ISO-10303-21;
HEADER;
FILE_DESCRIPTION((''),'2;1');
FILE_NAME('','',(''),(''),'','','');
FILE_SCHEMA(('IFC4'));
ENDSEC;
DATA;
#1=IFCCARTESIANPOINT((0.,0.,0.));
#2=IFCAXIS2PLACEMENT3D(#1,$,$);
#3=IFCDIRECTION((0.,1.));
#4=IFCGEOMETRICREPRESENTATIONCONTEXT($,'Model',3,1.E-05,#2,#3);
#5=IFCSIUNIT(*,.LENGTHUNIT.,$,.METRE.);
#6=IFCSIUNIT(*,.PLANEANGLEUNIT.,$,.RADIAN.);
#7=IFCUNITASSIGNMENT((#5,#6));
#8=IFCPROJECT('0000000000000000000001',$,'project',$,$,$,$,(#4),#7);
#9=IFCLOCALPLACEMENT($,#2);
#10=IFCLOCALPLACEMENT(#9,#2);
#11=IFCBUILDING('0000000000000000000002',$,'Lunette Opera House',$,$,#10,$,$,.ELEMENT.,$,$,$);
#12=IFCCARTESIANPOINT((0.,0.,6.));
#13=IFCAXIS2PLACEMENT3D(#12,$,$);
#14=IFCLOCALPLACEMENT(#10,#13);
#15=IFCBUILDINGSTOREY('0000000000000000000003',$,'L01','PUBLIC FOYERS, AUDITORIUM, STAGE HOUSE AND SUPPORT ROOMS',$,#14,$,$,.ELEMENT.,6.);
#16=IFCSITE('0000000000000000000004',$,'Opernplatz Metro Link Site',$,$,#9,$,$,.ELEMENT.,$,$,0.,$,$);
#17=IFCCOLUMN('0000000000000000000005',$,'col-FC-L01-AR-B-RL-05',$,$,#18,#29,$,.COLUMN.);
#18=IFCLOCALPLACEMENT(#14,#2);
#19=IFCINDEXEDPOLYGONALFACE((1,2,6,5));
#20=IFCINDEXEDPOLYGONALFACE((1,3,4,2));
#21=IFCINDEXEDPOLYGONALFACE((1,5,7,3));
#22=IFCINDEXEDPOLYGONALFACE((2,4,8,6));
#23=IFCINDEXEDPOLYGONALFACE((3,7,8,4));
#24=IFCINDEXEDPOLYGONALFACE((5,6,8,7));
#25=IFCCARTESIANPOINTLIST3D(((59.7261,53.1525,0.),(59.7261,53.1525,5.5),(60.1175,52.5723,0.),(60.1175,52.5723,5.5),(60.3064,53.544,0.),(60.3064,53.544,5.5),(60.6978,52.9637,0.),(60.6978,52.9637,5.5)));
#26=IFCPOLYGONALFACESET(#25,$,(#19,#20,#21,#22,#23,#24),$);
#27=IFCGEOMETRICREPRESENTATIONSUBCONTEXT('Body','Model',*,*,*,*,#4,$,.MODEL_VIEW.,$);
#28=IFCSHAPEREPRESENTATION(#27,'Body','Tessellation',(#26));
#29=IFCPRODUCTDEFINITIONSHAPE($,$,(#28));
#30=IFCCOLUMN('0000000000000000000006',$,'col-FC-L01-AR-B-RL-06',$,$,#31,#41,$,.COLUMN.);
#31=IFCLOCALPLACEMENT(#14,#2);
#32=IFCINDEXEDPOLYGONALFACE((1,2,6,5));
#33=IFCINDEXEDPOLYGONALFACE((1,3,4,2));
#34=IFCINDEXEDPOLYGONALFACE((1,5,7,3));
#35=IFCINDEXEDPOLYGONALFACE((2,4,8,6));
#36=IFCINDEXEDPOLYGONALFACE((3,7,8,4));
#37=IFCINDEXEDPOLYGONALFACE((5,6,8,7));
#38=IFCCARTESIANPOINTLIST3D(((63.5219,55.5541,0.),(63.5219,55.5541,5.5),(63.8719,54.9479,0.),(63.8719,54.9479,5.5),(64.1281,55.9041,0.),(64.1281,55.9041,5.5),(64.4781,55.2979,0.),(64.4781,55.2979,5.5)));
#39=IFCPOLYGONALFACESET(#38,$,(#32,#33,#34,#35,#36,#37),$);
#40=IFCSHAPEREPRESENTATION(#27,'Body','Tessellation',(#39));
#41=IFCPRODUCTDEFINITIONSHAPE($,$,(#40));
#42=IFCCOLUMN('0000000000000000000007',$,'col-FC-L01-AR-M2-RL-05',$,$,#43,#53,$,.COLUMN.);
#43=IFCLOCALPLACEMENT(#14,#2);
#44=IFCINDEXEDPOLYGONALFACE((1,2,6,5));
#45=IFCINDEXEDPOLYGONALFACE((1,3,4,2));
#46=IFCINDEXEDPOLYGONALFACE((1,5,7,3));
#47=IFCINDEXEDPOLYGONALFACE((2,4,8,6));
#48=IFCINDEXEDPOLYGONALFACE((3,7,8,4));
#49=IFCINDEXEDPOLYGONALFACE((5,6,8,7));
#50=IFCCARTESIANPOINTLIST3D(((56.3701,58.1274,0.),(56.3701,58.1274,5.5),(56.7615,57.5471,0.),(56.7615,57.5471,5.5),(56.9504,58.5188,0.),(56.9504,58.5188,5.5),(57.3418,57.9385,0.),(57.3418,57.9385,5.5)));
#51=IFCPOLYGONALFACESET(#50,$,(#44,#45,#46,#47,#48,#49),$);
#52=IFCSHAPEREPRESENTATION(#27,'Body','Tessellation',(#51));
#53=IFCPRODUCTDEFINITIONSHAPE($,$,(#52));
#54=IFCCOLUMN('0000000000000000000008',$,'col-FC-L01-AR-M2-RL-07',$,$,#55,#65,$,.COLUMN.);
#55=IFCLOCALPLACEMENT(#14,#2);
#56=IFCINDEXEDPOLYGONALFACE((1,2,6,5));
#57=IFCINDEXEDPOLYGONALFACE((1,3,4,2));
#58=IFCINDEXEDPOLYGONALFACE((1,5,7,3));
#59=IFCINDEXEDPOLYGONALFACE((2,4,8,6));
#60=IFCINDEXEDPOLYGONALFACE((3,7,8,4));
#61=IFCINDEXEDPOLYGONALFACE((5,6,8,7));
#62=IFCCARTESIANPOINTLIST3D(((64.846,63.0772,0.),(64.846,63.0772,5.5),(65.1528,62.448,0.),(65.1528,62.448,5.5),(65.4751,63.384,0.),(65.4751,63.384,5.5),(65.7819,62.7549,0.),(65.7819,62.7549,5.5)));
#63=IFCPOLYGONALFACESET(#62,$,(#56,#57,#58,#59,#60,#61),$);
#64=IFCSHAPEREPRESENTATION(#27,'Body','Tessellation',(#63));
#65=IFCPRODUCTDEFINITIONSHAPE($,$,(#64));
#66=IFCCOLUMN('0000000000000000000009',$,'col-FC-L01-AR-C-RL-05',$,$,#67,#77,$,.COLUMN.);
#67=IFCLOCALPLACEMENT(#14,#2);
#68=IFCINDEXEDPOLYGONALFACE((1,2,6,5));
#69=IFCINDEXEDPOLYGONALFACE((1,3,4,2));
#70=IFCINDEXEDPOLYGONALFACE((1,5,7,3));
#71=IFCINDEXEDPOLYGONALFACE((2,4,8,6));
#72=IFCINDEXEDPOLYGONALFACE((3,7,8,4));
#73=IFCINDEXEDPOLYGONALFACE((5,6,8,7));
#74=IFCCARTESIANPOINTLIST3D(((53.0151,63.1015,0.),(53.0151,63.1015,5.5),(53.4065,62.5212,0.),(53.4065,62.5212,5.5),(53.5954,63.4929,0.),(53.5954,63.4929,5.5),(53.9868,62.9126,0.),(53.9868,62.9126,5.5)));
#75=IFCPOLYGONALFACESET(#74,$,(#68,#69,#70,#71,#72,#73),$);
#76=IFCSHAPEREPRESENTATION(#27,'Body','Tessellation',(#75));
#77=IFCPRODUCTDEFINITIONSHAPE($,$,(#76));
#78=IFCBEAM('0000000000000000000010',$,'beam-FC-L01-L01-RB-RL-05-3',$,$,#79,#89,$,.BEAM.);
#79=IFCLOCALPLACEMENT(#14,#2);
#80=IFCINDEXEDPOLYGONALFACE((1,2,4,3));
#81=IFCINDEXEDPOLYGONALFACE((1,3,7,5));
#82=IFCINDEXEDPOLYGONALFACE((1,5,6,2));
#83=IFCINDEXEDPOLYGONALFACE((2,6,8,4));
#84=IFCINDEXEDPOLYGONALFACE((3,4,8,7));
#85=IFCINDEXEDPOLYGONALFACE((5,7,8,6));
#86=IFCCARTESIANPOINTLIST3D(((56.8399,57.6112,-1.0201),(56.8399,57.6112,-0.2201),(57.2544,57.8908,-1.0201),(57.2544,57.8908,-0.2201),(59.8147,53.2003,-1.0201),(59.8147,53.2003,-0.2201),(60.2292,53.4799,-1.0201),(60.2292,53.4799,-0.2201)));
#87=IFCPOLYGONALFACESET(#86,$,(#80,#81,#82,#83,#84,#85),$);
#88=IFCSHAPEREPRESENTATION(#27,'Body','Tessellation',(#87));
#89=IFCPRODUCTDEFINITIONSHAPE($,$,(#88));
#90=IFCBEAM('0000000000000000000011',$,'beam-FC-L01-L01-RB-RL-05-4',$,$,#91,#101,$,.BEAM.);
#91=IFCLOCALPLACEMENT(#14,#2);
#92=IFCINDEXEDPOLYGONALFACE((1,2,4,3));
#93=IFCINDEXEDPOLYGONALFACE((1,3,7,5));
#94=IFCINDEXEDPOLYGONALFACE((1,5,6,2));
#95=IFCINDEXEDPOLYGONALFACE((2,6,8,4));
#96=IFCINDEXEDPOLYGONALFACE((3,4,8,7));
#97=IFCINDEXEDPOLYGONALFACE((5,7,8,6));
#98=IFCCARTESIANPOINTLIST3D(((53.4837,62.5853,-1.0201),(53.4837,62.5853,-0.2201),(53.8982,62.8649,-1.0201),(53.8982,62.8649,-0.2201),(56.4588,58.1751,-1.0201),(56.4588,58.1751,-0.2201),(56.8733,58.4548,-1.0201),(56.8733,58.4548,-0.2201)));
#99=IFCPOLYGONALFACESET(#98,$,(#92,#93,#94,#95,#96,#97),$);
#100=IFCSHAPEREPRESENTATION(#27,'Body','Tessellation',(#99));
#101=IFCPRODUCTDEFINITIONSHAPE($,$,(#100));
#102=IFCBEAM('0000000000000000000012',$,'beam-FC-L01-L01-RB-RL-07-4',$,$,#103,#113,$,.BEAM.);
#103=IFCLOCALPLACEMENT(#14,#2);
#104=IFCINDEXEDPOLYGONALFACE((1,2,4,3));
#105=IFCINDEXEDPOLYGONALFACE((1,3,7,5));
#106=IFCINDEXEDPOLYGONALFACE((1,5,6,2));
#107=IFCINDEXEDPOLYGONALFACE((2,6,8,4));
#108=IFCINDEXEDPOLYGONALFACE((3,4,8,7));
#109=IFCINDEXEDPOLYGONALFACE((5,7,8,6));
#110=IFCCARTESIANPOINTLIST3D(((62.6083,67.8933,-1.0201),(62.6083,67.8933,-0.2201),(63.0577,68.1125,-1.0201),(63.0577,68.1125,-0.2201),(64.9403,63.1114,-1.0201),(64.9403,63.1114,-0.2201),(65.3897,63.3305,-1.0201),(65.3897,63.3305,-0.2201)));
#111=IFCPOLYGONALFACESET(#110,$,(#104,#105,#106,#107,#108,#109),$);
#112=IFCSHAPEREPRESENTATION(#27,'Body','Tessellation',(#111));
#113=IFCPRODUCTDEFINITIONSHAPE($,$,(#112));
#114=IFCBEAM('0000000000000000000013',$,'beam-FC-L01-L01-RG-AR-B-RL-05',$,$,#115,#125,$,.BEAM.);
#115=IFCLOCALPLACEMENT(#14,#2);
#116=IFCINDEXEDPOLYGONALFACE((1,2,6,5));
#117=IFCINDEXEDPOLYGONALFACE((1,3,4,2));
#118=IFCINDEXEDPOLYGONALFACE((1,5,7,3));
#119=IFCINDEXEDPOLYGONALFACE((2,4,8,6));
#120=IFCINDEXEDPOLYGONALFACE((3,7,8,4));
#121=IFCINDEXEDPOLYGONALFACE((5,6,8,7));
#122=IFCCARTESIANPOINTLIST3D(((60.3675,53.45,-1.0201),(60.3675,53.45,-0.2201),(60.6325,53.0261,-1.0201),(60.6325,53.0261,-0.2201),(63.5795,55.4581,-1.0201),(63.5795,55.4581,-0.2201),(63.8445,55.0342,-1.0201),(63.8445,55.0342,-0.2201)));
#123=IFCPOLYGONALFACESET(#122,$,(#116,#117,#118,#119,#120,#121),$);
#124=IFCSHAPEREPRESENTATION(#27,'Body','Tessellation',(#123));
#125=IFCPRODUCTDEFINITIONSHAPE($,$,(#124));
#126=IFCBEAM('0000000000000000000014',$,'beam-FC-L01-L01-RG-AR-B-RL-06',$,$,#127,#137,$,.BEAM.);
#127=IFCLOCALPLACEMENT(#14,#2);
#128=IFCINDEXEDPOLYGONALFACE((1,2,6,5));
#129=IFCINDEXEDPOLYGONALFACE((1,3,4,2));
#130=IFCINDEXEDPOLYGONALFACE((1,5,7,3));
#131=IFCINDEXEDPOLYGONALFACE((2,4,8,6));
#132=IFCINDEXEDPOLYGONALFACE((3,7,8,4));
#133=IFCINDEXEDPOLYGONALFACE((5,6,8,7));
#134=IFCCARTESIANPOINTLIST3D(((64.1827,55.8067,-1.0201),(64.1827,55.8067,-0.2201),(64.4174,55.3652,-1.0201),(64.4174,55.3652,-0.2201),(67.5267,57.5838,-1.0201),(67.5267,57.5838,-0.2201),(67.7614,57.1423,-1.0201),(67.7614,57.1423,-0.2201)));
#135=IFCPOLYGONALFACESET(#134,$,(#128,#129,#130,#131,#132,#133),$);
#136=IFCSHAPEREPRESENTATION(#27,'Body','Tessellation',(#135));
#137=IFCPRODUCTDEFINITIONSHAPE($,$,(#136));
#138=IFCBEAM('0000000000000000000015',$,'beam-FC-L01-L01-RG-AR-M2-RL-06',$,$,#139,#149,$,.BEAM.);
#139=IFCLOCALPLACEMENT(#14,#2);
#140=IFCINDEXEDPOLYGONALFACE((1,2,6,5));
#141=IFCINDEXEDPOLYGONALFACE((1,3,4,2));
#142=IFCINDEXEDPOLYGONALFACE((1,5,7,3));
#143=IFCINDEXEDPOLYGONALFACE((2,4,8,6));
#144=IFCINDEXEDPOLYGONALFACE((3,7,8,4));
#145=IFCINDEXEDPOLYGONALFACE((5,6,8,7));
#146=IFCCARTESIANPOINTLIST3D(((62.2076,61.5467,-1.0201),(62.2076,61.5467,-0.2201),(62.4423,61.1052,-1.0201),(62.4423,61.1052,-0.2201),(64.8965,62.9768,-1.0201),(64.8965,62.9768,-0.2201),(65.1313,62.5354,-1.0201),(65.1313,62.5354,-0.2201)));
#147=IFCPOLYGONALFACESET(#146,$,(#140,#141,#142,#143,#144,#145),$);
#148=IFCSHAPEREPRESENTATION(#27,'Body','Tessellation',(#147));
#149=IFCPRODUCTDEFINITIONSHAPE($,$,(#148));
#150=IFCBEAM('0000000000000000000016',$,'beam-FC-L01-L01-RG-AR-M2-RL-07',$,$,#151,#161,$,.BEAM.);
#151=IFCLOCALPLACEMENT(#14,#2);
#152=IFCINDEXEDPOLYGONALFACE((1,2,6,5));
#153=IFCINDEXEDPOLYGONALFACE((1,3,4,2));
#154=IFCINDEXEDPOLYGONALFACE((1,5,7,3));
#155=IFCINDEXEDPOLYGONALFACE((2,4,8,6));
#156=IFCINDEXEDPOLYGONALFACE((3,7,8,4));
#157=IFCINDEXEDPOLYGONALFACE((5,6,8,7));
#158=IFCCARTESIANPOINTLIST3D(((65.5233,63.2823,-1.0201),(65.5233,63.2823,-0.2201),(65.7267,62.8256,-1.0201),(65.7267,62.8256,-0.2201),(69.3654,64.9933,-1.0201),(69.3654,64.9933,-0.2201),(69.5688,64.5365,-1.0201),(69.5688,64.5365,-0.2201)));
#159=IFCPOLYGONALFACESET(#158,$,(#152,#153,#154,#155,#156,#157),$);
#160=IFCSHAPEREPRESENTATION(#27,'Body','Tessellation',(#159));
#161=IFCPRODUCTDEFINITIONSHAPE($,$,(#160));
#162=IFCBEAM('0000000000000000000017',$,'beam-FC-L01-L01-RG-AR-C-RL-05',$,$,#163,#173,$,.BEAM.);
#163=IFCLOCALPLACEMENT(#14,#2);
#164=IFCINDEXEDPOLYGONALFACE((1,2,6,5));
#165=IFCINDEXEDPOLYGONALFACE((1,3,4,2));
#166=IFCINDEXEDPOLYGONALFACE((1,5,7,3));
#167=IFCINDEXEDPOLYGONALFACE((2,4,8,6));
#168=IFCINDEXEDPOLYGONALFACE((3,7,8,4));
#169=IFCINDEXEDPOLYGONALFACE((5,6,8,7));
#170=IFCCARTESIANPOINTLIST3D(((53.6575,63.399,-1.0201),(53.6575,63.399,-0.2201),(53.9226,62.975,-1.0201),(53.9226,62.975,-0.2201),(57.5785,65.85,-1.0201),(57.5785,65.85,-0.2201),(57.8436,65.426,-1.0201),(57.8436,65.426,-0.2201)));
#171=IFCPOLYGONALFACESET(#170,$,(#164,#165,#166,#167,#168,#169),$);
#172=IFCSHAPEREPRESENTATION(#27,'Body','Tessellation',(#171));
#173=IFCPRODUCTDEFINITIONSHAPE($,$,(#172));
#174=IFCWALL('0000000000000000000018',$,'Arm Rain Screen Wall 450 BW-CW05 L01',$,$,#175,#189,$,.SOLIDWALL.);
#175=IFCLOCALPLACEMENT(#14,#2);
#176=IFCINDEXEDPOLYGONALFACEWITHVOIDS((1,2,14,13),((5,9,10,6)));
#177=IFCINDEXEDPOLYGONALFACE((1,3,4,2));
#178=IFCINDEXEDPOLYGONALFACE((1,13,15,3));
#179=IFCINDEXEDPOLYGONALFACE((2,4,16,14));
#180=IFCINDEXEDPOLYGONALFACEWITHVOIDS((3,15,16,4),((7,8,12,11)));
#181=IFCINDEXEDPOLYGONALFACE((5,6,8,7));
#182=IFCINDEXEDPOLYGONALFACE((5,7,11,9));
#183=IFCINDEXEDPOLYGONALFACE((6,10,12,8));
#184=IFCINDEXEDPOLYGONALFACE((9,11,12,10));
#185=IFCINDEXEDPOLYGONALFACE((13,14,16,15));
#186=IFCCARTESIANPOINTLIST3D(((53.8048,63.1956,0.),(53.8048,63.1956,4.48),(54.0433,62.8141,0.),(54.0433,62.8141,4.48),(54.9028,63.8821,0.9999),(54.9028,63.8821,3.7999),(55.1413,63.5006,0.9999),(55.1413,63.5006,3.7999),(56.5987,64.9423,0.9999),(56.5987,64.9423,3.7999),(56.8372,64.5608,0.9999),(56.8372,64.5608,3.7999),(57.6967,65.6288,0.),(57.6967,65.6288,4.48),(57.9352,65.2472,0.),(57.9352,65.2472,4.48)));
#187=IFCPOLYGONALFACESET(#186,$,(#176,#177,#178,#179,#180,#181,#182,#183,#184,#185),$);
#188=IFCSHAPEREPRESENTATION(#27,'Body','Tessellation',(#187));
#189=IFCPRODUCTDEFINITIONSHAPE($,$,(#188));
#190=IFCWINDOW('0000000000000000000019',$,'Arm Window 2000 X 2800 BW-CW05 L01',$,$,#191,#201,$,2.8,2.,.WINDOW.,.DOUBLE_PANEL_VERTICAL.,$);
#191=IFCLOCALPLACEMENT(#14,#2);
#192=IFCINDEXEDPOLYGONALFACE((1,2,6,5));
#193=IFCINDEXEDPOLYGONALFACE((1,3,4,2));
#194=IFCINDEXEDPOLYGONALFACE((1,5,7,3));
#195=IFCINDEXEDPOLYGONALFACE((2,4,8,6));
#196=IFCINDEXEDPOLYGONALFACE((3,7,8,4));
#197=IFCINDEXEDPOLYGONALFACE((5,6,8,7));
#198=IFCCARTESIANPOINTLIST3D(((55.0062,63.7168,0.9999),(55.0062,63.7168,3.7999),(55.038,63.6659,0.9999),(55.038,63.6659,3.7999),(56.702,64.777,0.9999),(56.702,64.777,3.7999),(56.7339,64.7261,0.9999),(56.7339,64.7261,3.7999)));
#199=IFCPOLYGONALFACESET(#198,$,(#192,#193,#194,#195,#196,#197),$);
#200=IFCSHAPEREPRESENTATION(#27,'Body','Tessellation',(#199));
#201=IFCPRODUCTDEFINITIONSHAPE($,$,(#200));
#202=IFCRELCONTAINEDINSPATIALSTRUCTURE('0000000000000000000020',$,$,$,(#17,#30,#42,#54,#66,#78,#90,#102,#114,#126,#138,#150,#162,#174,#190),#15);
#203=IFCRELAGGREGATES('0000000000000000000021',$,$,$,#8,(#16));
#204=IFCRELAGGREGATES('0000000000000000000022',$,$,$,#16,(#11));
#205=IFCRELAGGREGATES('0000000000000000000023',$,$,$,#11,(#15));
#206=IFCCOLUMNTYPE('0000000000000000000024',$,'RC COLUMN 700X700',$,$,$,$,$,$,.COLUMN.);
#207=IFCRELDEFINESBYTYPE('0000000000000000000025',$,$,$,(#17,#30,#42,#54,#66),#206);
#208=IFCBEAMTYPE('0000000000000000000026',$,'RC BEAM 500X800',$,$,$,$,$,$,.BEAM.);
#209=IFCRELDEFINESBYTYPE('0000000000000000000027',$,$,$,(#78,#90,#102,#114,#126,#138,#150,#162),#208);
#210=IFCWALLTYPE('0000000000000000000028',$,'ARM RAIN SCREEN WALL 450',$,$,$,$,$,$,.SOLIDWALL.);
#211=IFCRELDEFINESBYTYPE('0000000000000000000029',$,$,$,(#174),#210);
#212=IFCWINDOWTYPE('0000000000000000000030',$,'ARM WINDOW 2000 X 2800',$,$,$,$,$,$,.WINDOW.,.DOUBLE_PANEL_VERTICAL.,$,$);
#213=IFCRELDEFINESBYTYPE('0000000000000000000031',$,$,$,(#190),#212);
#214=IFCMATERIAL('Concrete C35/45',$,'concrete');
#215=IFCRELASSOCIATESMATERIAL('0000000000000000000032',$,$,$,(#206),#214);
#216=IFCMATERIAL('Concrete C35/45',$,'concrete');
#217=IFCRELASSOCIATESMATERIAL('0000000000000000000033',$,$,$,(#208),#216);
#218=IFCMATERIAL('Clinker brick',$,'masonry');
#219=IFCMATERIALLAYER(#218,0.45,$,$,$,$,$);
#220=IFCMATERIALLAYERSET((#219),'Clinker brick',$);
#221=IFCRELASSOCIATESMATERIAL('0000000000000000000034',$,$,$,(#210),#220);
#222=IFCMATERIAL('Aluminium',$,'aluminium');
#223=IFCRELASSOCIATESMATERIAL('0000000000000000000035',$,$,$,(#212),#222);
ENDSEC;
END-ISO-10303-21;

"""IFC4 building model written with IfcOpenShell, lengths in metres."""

from ifc_helpers import new_model, si_unit, direction, frame, frame_2d, origin, origin_2d, place, context, subcontext, project, spatial, rectangle, extrude, material, layer, layer_set, material_profile, profile_set, type_object, element, fill, save


model = new_model("IFC4")

# Units and contexts
model_context = context("Model", 3, precision=1e-05, world=origin(), true_north=direction((0.0, 1.0)))
body_context = subcontext(model_context, "Body", "Model", "MODEL_VIEW")
ifc_project = project(units=[si_unit("LENGTHUNIT", "METRE"), si_unit("PLANEANGLEUNIT", "RADIAN")], contexts=[model_context])

# Site, building, storey
site_placement = place(None, origin())
site = spatial("IfcSite", under=ifc_project, at=site_placement, Name="Opernplatz Metro Link Site", CompositionType="ELEMENT", RefElevation=0.0)
building_placement = place(site_placement, origin())
building = spatial("IfcBuilding", under=site, at=building_placement, Name="Lunette Opera House", CompositionType="ELEMENT")
storey_placement = place(building_placement, frame((0.0, 0.0, 6.0)))
storey = spatial("IfcBuildingStorey", under=building, at=storey_placement, Name="L01", Description="PUBLIC FOYERS, AUDITORIUM, STAGE HOUSE AND SUPPORT ROOMS", CompositionType="ELEMENT", Elevation=6.0)

# Columns
ifc_material_1 = material(Name="Concrete C35/45", Category="concrete")
ifc_material_profile_1 = material_profile(ifc_material_1, rectangle(XDim=0.7, YDim=0.7, at=origin_2d()), Name="RC COLUMN 700X700")
ifc_profile_set_1 = profile_set([ifc_material_profile_1], Name="Concrete C35/45")
column_type = type_object("IfcColumnType", Name="RC COLUMN 700X700", PredefinedType="COLUMN", material=ifc_profile_set_1)
for number, where, z_axis, x_axis, name in (
    (1, (60.2119, 53.0581, 0.0), (0.0, 0.0, 1.0), (0.829038, 0.559193, 0.0), "col-FC-L01-AR-B-RL-05"),
    (2, (64.0, 55.426, 0.0), (0.0, 0.0, 1.0), (0.866025, 0.5, 0.0), "col-FC-L01-AR-B-RL-06"),
    (3, (56.856, 58.033, 0.0), (0.0, 0.0, 1.0), (0.829038, 0.559193, 0.0), "col-FC-L01-AR-M2-RL-05"),
    (4, (65.314, 62.916, 0.0), (0.0, 0.0, 1.0), (0.898794, 0.438371, 0.0), "col-FC-L01-AR-M2-RL-07"),
    (5, (53.501, 63.0071, 0.0), (0.0, 0.0, 1.0), (0.829038, 0.559193, 0.0), "col-FC-L01-AR-C-RL-05"),
):
    element("IfcColumn", number, at=place(storey_placement, frame(where, z_axis=z_axis, x_axis=x_axis)), inside=storey, type_object=column_type, Name=name, PredefinedType="COLUMN", context=body_context, shape_type="SweptSolid", body=[
        extrude(rectangle(XDim=0.7, YDim=0.7, at=origin_2d()), origin(), (0.0, 0.0, 1.0), 5.5),
    ])

# Beams
ifc_material_2 = material(Name="Concrete C35/45", Category="concrete")
ifc_material_profile_2 = material_profile(ifc_material_2, rectangle(XDim=0.5, YDim=0.8, at=origin_2d()), Name="RC BEAM 500X800")
ifc_profile_set_2 = profile_set([ifc_material_profile_2], Name="Concrete C35/45")
beam_type = type_object("IfcBeamType", Name="RC BEAM 500X800", PredefinedType="BEAM", material=ifc_profile_set_2)
beam_1_placement = place(storey_placement, frame((60.022, 53.3401, -0.6201), z_axis=(-0.55915, 0.829066, 0.0), x_axis=(-0.829066, -0.55915, 0.0)))
element("IfcBeam", 6, at=beam_1_placement, inside=storey, type_object=beam_type, Name="beam-FC-L01-L01-RB-RL-05-3", PredefinedType="BEAM", context=body_context, shape_type="SweptSolid", body=[
    extrude(rectangle(XDim=0.5, YDim=0.8, at=origin_2d()), origin(), (0.0, 0.0, 1.0), 5.3203),
])
beam_2_placement = place(storey_placement, frame((56.666, 58.3149, -0.6201), z_axis=(-0.559246, 0.829002, 0.0), x_axis=(-0.829002, -0.559246, 0.0)))
element("IfcBeam", 7, at=beam_2_placement, inside=storey, type_object=beam_type, Name="beam-FC-L01-L01-RB-RL-05-4", PredefinedType="BEAM", context=body_context, shape_type="SweptSolid", body=[
    extrude(rectangle(XDim=0.5, YDim=0.8, at=origin_2d()), origin(), (0.0, 0.0, 1.0), 5.3198),
])
beam_3_placement = place(storey_placement, frame((65.165, 63.2209, -0.6201), z_axis=(-0.438326, 0.898816, 0.0), x_axis=(-0.898816, -0.438326, 0.0)))
element("IfcBeam", 8, at=beam_3_placement, inside=storey, type_object=beam_type, Name="beam-FC-L01-L01-RB-RL-07-4", PredefinedType="BEAM", context=body_context, shape_type="SweptSolid", body=[
    extrude(rectangle(XDim=0.5, YDim=0.8, at=origin_2d()), origin(), (0.0, 0.0, 1.0), 5.3203),
])
beam_4_placement = place(storey_placement, frame((60.5, 53.238, -0.6201), z_axis=(0.847926, 0.530115, 0.0), x_axis=(-0.530115, 0.847926, 0.0)))
element("IfcBeam", 9, at=beam_4_placement, inside=storey, type_object=beam_type, Name="beam-FC-L01-L01-RG-AR-B-RL-05", PredefinedType="BEAM", context=body_context, shape_type="SweptSolid", body=[
    extrude(rectangle(XDim=0.5, YDim=0.8, at=origin_2d()), origin(), (0.0, 0.0, 1.0), 3.7881),
])
beam_5_placement = place(storey_placement, frame((64.3, 55.5859, -0.6201), z_axis=(0.88305, 0.469279, 0.0), x_axis=(-0.469279, 0.88305, 0.0)))
element("IfcBeam", 10, at=beam_5_placement, inside=storey, type_object=beam_type, Name="beam-FC-L01-L01-RG-AR-B-RL-06", PredefinedType="BEAM", context=body_context, shape_type="SweptSolid", body=[
    extrude(rectangle(XDim=0.5, YDim=0.8, at=origin_2d()), origin(), (0.0, 0.0, 1.0), 3.7869),
])
beam_6_placement = place(storey_placement, frame((62.325, 61.3259, -0.6201), z_axis=(0.882889, 0.469581, 0.0), x_axis=(-0.469581, 0.882889, 0.0)))
element("IfcBeam", 11, at=beam_6_placement, inside=storey, type_object=beam_type, Name="beam-FC-L01-L01-RG-AR-M2-RL-06", PredefinedType="BEAM", context=body_context, shape_type="SweptSolid", body=[
    extrude(rectangle(XDim=0.5, YDim=0.8, at=origin_2d()), origin(), (0.0, 0.0, 1.0), 3.0457),
])
beam_7_placement = place(storey_placement, frame((65.625, 63.054, -0.6201), z_axis=(0.913514, 0.406806, 0.0), x_axis=(-0.406806, 0.913514, 0.0)))
element("IfcBeam", 12, at=beam_7_placement, inside=storey, type_object=beam_type, Name="beam-FC-L01-L01-RG-AR-M2-RL-07", PredefinedType="BEAM", context=body_context, shape_type="SweptSolid", body=[
    extrude(rectangle(XDim=0.5, YDim=0.8, at=origin_2d()), origin(), (0.0, 0.0, 1.0), 4.2058),
])
beam_8_placement = place(storey_placement, frame((53.79, 63.187, -0.6201), z_axis=(0.847963, 0.530056, 0.0), x_axis=(-0.530056, 0.847963, 0.0)))
element("IfcBeam", 13, at=beam_8_placement, inside=storey, type_object=beam_type, Name="beam-FC-L01-L01-RG-AR-C-RL-05", PredefinedType="BEAM", context=body_context, shape_type="SweptSolid", body=[
    extrude(rectangle(XDim=0.5, YDim=0.8, at=origin_2d()), origin(), (0.0, 0.0, 1.0), 4.624),
])

# Wall, opening, window
ifc_material_3 = material(Name="Clinker brick", Category="masonry")
ifc_layer_1 = layer(ifc_material_3, 0.45)
ifc_layer_set_1 = layer_set([ifc_layer_1], Name="Clinker brick")
wall_type_1 = type_object("IfcWallType", Name="ARM RAIN SCREEN WALL 450", PredefinedType="SOLIDWALL", material=ifc_layer_set_1)
wall_1_placement = place(storey_placement, frame((53.9241, 63.0049, 0.0), z_axis=(0.0, 0.0, 1.0), x_axis=(0.84793, 0.530109, 0.0)))
wall_1 = element("IfcWall", 14, at=wall_1_placement, inside=storey, type_object=wall_type_1, Name="Arm Rain Screen Wall 450 BW-CW05 L01", PredefinedType="SOLIDWALL", context=body_context, shape_type="SweptSolid", body=[
    extrude(rectangle(XDim=4.5898, YDim=0.45, at=frame_2d((2.2949, 0.0))), origin(), (0.0, 0.0, 1.0), 4.48),
])
opening_1_placement = place(wall_1_placement, frame((1.2949, 0.0, 1.0)))
opening_1 = element("IfcOpeningElement", 15, at=opening_1_placement, cuts=wall_1, PredefinedType="OPENING", context=body_context, shape_type="SweptSolid", body=[
    extrude(rectangle(XDim=2.0, YDim=2.8, at=frame_2d((1.0, 1.3999))), frame((0.0, 0.2371, 0.0), z_axis=(0.0, -1.0, 0.0), x_axis=(1.0, 0.0, 0.0)), (0.0, 0.0, 1.0), 0.4739),
])
ifc_material_4 = material(Name="Aluminium", Category="aluminium")
window_type = type_object("IfcWindowType", Name="ARM WINDOW 2000 X 2800", PartitioningType="DOUBLE_PANEL_VERTICAL", PredefinedType="WINDOW", material=ifc_material_4)
window_placement = place(opening_1_placement, origin())
window = element("IfcWindow", 16, at=window_placement, inside=storey, type_object=window_type, Name="Arm Window 2000 X 2800 BW-CW05 L01", OverallHeight=2.8, OverallWidth=2.0, PartitioningType="DOUBLE_PANEL_VERTICAL", PredefinedType="WINDOW", context=body_context, shape_type="SweptSolid", body=[
    extrude(rectangle(XDim=2.0, YDim=2.8, at=frame_2d((1.0, 1.3999))), frame((0.0, 0.03, 0.0), z_axis=(0.0, -1.0, 0.0), x_axis=(1.0, 0.0, 0.0)), (0.0, 0.0, 1.0), 0.0601),
])
fill(opening_1, window)

save(model, "model.ifc")
